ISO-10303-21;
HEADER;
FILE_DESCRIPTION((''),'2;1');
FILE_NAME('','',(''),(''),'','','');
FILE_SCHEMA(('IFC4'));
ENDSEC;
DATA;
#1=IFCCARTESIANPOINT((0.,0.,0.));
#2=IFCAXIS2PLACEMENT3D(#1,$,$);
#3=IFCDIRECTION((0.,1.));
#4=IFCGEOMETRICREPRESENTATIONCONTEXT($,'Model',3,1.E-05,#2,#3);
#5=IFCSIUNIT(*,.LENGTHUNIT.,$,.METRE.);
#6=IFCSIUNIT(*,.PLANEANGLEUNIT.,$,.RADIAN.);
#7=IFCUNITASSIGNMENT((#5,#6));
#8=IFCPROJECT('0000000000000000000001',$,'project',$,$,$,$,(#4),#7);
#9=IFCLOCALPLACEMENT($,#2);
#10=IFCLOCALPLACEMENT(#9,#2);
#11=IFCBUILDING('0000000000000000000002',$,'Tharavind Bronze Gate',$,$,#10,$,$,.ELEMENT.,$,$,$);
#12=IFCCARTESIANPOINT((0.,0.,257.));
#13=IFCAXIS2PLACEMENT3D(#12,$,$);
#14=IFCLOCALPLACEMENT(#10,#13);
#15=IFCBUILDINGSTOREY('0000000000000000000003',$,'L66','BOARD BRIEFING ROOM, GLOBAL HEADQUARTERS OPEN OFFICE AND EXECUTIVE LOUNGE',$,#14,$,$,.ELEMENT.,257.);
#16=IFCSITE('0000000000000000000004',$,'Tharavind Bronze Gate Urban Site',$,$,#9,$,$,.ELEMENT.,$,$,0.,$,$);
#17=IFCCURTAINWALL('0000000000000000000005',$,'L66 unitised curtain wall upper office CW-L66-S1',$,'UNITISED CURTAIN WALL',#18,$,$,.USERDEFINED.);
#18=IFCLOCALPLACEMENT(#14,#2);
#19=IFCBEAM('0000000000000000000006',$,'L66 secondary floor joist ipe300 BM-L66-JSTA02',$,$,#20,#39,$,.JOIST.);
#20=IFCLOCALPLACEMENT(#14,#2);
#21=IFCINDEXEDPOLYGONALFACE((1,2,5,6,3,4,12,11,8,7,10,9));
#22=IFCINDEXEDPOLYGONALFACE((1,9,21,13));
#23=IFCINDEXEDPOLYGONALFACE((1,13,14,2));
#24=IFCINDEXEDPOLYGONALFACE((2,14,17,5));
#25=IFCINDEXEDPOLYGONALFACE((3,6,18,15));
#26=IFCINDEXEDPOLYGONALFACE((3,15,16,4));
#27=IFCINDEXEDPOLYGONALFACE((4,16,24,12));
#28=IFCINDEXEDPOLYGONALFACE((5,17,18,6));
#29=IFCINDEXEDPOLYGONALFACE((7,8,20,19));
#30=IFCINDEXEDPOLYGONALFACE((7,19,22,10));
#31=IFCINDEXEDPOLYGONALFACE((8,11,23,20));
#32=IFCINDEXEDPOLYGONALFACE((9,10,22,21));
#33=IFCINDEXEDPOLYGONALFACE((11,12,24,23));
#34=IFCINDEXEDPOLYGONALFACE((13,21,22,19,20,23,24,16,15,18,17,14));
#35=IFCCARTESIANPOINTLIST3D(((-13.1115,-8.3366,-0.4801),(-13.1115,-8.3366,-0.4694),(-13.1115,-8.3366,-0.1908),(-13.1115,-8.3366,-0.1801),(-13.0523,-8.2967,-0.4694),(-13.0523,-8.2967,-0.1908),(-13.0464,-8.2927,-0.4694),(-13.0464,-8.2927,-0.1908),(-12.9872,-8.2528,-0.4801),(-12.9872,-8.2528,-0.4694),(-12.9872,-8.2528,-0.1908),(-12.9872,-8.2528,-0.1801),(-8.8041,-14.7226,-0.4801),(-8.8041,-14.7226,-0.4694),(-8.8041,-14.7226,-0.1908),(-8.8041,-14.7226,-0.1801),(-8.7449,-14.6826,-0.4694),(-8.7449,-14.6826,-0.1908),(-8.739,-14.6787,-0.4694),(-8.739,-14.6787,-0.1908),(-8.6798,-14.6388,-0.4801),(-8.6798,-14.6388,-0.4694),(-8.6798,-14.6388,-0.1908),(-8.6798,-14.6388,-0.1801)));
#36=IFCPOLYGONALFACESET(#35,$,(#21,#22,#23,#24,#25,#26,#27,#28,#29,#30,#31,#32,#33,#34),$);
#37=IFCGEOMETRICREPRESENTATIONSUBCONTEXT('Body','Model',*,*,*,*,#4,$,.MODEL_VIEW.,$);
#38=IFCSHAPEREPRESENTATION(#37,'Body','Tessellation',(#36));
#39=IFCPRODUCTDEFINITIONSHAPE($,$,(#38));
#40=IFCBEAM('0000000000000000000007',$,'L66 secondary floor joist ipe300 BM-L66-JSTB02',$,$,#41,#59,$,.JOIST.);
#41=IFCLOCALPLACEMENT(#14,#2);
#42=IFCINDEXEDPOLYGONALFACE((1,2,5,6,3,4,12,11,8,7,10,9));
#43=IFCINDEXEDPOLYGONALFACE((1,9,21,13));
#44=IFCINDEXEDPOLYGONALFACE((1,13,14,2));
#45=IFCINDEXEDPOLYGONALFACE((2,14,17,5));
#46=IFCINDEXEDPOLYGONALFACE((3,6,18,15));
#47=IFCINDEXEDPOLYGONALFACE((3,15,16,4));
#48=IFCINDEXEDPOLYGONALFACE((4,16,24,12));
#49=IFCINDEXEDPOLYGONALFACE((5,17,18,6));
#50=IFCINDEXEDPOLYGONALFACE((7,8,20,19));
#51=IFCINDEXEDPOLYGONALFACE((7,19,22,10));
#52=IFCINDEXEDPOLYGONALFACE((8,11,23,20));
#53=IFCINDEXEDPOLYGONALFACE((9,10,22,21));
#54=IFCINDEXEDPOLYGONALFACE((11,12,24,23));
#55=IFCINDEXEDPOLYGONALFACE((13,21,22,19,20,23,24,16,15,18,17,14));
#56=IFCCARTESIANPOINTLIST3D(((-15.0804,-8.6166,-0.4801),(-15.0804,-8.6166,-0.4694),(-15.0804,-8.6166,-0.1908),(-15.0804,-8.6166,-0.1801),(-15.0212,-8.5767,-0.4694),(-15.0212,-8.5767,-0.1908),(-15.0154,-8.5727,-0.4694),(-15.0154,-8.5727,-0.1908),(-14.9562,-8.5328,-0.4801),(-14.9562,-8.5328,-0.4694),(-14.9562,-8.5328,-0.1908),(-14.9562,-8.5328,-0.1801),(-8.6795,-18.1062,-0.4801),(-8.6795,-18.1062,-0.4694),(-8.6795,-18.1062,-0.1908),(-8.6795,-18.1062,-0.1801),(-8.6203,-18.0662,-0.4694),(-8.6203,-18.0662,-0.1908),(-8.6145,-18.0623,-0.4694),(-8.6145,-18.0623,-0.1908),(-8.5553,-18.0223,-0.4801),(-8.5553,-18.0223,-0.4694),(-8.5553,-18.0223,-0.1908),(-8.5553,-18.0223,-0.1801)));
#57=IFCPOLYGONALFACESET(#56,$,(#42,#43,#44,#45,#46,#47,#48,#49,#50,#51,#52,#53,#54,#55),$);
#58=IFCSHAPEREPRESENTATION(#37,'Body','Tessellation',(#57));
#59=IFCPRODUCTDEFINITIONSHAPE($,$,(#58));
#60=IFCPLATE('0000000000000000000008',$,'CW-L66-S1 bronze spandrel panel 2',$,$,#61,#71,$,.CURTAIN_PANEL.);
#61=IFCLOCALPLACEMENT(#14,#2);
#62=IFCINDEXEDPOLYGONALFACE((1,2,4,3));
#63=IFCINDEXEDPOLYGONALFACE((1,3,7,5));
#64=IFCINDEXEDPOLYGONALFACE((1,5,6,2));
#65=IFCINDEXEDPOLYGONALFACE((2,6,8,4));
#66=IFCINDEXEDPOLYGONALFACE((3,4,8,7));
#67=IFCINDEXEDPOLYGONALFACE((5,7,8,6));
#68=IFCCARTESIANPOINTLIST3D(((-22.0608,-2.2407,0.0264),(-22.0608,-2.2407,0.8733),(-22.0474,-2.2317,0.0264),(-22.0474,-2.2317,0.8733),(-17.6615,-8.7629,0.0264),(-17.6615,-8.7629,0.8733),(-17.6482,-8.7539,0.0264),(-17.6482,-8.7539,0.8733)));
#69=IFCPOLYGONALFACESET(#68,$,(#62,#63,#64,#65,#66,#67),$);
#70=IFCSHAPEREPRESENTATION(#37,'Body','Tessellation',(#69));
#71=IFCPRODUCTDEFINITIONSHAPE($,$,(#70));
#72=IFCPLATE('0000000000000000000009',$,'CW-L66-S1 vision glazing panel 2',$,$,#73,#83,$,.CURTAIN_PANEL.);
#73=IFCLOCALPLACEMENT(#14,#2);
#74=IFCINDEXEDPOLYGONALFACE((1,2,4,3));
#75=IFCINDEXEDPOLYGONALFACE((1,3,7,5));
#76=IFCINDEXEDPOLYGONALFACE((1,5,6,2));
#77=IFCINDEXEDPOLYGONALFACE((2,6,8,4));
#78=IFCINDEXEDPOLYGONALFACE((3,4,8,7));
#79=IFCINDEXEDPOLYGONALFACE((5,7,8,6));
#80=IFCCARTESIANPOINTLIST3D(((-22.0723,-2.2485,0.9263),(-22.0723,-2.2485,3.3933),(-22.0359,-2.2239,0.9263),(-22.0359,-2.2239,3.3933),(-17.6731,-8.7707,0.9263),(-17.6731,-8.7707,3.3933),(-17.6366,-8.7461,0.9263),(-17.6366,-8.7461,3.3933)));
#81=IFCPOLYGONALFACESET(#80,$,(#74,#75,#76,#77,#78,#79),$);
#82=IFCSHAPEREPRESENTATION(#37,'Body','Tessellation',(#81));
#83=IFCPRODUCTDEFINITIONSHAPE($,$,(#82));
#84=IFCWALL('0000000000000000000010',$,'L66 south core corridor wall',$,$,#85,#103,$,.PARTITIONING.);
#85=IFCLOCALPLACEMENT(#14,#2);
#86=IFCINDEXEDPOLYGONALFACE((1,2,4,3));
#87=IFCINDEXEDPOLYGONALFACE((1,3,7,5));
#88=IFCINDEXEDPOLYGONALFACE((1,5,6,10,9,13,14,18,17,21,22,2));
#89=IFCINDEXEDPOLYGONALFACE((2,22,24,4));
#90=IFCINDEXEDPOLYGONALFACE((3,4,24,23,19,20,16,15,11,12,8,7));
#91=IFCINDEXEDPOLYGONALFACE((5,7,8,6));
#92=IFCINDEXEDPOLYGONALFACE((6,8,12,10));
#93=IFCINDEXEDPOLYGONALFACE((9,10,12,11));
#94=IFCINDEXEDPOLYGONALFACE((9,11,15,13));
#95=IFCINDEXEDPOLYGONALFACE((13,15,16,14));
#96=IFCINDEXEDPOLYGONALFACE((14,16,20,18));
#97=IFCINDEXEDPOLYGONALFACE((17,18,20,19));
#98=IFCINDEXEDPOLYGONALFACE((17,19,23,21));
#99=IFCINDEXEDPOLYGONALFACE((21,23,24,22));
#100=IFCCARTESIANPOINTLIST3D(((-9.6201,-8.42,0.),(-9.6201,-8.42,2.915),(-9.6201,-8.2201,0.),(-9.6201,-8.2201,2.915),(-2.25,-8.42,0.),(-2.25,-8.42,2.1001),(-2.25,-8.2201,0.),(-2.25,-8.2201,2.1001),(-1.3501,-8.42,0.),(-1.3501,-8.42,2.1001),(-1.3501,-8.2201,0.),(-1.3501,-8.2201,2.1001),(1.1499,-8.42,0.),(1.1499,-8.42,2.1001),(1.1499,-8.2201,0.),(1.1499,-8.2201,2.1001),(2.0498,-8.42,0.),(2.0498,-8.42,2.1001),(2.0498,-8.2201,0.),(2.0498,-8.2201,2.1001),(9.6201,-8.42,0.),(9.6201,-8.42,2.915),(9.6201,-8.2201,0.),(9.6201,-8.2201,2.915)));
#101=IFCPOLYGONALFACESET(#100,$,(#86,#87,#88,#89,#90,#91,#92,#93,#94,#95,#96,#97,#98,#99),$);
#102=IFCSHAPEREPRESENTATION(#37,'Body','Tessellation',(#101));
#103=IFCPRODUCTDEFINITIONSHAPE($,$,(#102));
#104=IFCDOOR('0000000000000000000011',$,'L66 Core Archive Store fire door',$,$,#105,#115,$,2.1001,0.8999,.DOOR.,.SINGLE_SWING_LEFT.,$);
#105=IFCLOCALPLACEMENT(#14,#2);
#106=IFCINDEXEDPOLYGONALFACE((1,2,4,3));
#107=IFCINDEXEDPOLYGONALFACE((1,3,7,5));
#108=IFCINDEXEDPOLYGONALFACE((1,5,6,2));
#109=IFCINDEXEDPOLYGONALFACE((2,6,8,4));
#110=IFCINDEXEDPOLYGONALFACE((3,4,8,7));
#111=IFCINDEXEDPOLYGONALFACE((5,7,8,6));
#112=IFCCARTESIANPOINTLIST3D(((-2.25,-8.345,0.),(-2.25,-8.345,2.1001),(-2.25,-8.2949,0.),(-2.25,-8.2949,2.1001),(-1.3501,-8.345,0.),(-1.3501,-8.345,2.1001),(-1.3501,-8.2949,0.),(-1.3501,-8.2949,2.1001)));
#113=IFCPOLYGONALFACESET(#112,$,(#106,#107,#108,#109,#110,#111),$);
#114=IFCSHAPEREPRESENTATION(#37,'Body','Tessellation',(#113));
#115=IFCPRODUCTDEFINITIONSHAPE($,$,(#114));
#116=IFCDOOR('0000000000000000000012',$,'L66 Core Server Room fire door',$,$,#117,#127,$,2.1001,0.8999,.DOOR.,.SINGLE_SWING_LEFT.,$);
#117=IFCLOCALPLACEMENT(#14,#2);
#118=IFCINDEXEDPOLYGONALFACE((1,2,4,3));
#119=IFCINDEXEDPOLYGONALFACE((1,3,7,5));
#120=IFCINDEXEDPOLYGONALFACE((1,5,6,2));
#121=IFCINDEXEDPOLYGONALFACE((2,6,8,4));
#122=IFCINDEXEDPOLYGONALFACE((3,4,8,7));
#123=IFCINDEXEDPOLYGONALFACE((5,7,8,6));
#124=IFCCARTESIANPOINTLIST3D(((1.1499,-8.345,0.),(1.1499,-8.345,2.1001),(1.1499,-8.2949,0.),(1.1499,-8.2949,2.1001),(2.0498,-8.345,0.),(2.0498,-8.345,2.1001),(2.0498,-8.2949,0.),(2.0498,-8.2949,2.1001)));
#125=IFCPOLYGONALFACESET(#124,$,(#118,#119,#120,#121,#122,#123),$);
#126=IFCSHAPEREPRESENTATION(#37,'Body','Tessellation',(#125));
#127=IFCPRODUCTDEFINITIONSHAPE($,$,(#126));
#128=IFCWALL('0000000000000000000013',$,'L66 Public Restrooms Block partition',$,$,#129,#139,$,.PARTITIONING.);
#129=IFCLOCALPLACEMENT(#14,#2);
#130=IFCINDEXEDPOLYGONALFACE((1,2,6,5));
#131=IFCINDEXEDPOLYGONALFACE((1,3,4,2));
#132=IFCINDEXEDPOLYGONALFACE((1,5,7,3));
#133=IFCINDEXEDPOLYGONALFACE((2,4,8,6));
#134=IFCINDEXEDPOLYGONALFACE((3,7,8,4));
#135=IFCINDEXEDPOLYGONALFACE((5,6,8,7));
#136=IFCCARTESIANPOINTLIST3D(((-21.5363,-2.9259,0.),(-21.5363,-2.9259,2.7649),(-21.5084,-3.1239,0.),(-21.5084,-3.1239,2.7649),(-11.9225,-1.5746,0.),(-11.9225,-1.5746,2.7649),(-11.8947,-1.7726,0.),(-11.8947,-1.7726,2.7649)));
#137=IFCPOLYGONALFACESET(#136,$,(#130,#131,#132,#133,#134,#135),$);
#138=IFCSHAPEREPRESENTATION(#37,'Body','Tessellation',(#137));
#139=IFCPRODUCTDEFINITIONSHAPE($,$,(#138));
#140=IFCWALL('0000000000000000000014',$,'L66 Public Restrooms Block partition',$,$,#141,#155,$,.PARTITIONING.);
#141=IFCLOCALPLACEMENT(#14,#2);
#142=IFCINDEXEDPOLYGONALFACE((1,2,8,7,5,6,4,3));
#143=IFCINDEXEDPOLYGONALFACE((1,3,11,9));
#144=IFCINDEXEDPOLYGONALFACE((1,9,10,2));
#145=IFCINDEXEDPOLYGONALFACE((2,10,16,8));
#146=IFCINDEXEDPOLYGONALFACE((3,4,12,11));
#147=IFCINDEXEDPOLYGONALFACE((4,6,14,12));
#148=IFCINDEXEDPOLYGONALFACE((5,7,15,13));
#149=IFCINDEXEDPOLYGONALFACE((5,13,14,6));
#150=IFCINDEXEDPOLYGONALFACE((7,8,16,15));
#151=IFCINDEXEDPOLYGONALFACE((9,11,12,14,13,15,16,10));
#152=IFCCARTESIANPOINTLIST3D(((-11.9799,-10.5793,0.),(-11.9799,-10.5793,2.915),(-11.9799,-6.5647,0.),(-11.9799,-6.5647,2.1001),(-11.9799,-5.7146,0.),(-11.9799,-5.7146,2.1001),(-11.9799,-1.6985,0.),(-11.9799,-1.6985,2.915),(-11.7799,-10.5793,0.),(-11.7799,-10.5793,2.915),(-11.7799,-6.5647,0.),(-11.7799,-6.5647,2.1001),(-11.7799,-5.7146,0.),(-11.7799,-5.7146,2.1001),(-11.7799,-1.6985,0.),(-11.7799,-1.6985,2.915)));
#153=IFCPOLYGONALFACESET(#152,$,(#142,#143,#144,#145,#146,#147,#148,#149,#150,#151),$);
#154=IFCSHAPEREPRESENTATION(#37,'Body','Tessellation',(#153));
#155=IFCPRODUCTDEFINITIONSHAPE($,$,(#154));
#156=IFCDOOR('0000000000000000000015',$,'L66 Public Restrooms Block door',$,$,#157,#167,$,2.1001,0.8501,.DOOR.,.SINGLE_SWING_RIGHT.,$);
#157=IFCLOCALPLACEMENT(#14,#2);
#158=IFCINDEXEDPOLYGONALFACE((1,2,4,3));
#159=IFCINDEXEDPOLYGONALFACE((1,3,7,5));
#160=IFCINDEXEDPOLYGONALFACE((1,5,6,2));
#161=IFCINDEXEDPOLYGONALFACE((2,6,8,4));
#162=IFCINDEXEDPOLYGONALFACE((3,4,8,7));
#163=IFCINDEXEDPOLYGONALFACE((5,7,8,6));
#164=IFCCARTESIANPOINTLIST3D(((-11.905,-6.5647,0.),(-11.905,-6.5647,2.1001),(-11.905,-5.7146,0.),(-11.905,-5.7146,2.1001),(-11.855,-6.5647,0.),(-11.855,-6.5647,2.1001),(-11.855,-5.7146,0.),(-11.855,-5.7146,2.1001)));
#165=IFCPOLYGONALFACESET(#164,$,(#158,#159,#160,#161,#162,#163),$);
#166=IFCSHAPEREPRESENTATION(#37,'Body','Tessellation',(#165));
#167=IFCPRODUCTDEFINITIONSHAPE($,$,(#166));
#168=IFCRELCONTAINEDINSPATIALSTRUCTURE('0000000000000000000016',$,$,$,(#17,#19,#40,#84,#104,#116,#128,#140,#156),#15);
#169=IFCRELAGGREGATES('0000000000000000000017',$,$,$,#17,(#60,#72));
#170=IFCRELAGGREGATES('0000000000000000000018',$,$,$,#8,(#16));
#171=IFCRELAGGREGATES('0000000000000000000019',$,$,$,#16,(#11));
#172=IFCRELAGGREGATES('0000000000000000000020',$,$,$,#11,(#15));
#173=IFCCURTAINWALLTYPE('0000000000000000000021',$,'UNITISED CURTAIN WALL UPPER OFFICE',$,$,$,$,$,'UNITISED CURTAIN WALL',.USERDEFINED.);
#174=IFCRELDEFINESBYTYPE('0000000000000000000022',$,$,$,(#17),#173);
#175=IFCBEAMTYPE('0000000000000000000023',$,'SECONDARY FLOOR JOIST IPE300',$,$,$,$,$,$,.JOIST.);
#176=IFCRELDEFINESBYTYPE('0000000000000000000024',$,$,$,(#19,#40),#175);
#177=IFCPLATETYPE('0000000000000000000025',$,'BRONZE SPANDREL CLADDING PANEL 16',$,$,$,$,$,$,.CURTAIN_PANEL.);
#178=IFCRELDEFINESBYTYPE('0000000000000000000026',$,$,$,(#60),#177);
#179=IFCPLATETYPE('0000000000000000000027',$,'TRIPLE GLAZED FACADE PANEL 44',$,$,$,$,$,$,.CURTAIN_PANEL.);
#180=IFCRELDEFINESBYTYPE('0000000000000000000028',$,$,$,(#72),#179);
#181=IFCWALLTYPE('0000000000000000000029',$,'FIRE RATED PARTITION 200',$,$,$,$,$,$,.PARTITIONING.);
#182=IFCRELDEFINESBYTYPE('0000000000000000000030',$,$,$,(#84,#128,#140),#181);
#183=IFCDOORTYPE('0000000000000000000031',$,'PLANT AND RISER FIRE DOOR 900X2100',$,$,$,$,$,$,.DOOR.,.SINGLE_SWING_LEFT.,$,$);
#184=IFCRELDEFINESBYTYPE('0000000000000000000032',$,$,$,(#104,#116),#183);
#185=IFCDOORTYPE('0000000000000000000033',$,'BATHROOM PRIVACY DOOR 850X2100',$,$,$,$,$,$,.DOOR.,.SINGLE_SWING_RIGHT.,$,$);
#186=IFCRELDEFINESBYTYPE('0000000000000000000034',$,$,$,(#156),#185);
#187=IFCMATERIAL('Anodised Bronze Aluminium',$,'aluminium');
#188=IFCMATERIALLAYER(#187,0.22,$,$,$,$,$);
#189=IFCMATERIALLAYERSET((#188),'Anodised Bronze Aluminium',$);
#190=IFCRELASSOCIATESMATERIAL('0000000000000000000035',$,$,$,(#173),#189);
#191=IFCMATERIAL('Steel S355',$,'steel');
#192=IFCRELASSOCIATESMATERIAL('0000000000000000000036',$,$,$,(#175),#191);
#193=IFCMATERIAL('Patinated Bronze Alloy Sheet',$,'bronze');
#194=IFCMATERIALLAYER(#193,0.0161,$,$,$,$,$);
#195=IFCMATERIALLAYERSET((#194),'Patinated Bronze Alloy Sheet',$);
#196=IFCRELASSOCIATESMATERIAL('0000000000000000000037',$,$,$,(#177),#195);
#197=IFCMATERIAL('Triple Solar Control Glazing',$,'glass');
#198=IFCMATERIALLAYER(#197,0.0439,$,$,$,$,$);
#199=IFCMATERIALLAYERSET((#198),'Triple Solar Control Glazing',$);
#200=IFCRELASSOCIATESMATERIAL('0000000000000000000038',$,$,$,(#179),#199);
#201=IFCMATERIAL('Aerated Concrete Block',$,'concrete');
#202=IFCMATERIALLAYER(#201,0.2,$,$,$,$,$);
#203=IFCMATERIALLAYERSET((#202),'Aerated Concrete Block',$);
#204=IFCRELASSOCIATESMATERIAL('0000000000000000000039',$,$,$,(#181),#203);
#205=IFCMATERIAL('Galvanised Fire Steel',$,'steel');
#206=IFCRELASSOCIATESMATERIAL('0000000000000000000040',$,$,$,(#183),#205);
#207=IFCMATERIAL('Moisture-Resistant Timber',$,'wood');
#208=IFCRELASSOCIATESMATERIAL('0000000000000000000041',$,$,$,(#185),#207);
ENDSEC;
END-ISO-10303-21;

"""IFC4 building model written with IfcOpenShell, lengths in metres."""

from ifc_helpers import new_model, si_unit, direction, frame, frame_2d, origin, origin_2d, place, context, subcontext, project, spatial, rectangle, i_section, extrude, material, layer, layer_set, material_profile, profile_set, type_object, element, fill, aggregate, save


model = new_model("IFC4")

# Units and contexts
model_context = context("Model", 3, precision=1e-05, world=origin(), true_north=direction((0.0, 1.0)))
body_context = subcontext(model_context, "Body", "Model", "MODEL_VIEW")
ifc_project = project(units=[si_unit("LENGTHUNIT", "METRE"), si_unit("PLANEANGLEUNIT", "RADIAN")], contexts=[model_context])

# Site, building, storey
site_placement = place(None, origin())
site = spatial("IfcSite", under=ifc_project, at=site_placement, Name="Tharavind Bronze Gate Urban Site", CompositionType="ELEMENT", RefElevation=0.0)
building_placement = place(site_placement, origin())
building = spatial("IfcBuilding", under=site, at=building_placement, Name="Tharavind Bronze Gate", CompositionType="ELEMENT")
storey_placement = place(building_placement, frame((0.0, 0.0, 257.0)))
storey = spatial("IfcBuildingStorey", under=building, at=storey_placement, Name="L66", Description="BOARD BRIEFING ROOM, GLOBAL HEADQUARTERS OPEN OFFICE AND EXECUTIVE LOUNGE", CompositionType="ELEMENT", Elevation=257.0)

# Curtain wall
ifc_material_1 = material(Name="Anodised Bronze Aluminium", Category="aluminium")
ifc_layer_1 = layer(ifc_material_1, 0.22)
ifc_layer_set_1 = layer_set([ifc_layer_1], Name="Anodised Bronze Aluminium")
curtain_wall_type = type_object("IfcCurtainWallType", Name="UNITISED CURTAIN WALL UPPER OFFICE", ElementType="UNITISED CURTAIN WALL", PredefinedType="USERDEFINED", material=ifc_layer_set_1)
curtain_wall_placement = place(storey_placement, origin())
curtain_wall = element("IfcCurtainWall", 1, at=curtain_wall_placement, inside=storey, type_object=curtain_wall_type, Name="L66 unitised curtain wall upper office CW-L66-S1", ObjectType="UNITISED CURTAIN WALL", PredefinedType="USERDEFINED")

# Beams
ifc_material_2 = material(Name="Steel S355", Category="steel")
ifc_material_profile_1 = material_profile(ifc_material_2, i_section(OverallWidth=0.1499, OverallDepth=0.3, WebThickness=0.0071, FlangeThickness=0.0107, at=origin_2d()), Name="IPE300")
ifc_profile_set_1 = profile_set([ifc_material_profile_1], Name="Steel S355")
beam_type_1 = type_object("IfcBeamType", Name="SECONDARY FLOOR JOIST IPE300", PredefinedType="JOIST", material=ifc_profile_set_1)
beam_1_placement = place(storey_placement, frame((-13.0493, -8.2947, -0.3301), z_axis=(0.55919, -0.829039, 0.0), x_axis=(0.829039, 0.55919, 0.0)))
element("IfcBeam", 2, at=beam_1_placement, inside=storey, type_object=beam_type_1, Name="L66 secondary floor joist ipe300 BM-L66-JSTA02", PredefinedType="JOIST", context=body_context, shape_type="SweptSolid", body=[
    extrude(i_section(OverallWidth=0.1499, OverallDepth=0.3, WebThickness=0.0071, FlangeThickness=0.0107, at=origin_2d()), origin(), (0.0, 0.0, 1.0), 7.7029),
])
beam_2_placement = place(storey_placement, frame((-15.0183, -8.5747, -0.3301), z_axis=(0.559201, -0.829032, 0.0), x_axis=(0.829032, 0.559201, 0.0)))
element("IfcBeam", 3, at=beam_2_placement, inside=storey, type_object=beam_type_1, Name="L66 secondary floor joist ipe300 BM-L66-JSTB02", PredefinedType="JOIST", context=body_context, shape_type="SweptSolid", body=[
    extrude(i_section(OverallWidth=0.1499, OverallDepth=0.3, WebThickness=0.0071, FlangeThickness=0.0107, at=origin_2d()), origin(), (0.0, 0.0, 1.0), 11.4465),
])

# Plates
ifc_material_3 = material(Name="Patinated Bronze Alloy Sheet", Category="bronze")
ifc_layer_2 = layer(ifc_material_3, 0.0161)
ifc_layer_set_2 = layer_set([ifc_layer_2], Name="Patinated Bronze Alloy Sheet")
plate_type_1 = type_object("IfcPlateType", Name="BRONZE SPANDREL CLADDING PANEL 16", PredefinedType="CURTAIN_PANEL", material=ifc_layer_set_2)
plate_1_placement = place(storey_placement, frame((-19.8545, -5.4973, 0.0264), z_axis=(0.0, 0.0, 1.0), x_axis=(0.559191, -0.829039, 0.0)))
plate_1 = element("IfcPlate", 4, at=plate_1_placement, type_object=plate_type_1, Name="CW-L66-S1 bronze spandrel panel 2", PredefinedType="CURTAIN_PANEL", context=body_context, shape_type="SweptSolid", body=[
    extrude(rectangle(XDim=7.8672, YDim=0.0161, at=origin_2d()), origin(), (0.0, 0.0, 1.0), 0.8469),
])
ifc_material_4 = material(Name="Triple Solar Control Glazing", Category="glass")
ifc_layer_3 = layer(ifc_material_4, 0.0439)
ifc_layer_set_3 = layer_set([ifc_layer_3], Name="Triple Solar Control Glazing")
plate_type_2 = type_object("IfcPlateType", Name="TRIPLE GLAZED FACADE PANEL 44", PredefinedType="CURTAIN_PANEL", material=ifc_layer_set_3)
plate_2_placement = place(storey_placement, frame((-19.8545, -5.4973, 0.9263), z_axis=(0.0, 0.0, 1.0), x_axis=(0.559191, -0.829039, 0.0)))
plate_2 = element("IfcPlate", 5, at=plate_2_placement, type_object=plate_type_2, Name="CW-L66-S1 vision glazing panel 2", PredefinedType="CURTAIN_PANEL", context=body_context, shape_type="SweptSolid", body=[
    extrude(rectangle(XDim=7.8672, YDim=0.0439, at=origin_2d()), origin(), (0.0, 0.0, 1.0), 2.467),
])
aggregate(curtain_wall, [plate_1, plate_2])

# Wall, openings, doors
ifc_material_5 = material(Name="Aerated Concrete Block", Category="concrete")
ifc_layer_4 = layer(ifc_material_5, 0.2)
ifc_layer_set_4 = layer_set([ifc_layer_4], Name="Aerated Concrete Block")
wall_type_1 = type_object("IfcWallType", Name="FIRE RATED PARTITION 200", PredefinedType="PARTITIONING", material=ifc_layer_set_4)
wall_1_placement = place(storey_placement, frame((-9.6201, -8.3201, 0.0), z_axis=(0.0, 0.0, 1.0), x_axis=(1.0, 0.0, 0.0)))
wall_1 = element("IfcWall", 6, at=wall_1_placement, inside=storey, type_object=wall_type_1, Name="L66 south core corridor wall", PredefinedType="PARTITIONING", context=body_context, shape_type="SweptSolid", body=[
    extrude(rectangle(XDim=19.2402, YDim=0.2, at=frame_2d((9.6201, 0.0))), origin(), (0.0, 0.0, 1.0), 2.915),
])
opening_1_placement = place(wall_1_placement, frame((7.3701, 0.0, 0.0)))
opening_1 = element("IfcOpeningElement", 7, at=opening_1_placement, cuts=wall_1, PredefinedType="OPENING", context=body_context, shape_type="SweptSolid", body=[
    extrude(rectangle(XDim=0.8999, YDim=2.1001, at=frame_2d((0.45, 1.05))), frame((0.0, 0.1101, 0.0), z_axis=(0.0, -1.0, 0.0), x_axis=(1.0, 0.0, 0.0)), (0.0, 0.0, 1.0), 0.22),
])
opening_2_placement = place(wall_1_placement, frame((10.77, 0.0, 0.0)))
opening_2 = element("IfcOpeningElement", 8, at=opening_2_placement, cuts=wall_1, PredefinedType="OPENING", context=body_context, shape_type="SweptSolid", body=[
    extrude(rectangle(XDim=0.8999, YDim=2.1001, at=frame_2d((0.45, 1.05))), frame((0.0, 0.1101, 0.0), z_axis=(0.0, -1.0, 0.0), x_axis=(1.0, 0.0, 0.0)), (0.0, 0.0, 1.0), 0.22),
])
ifc_material_6 = material(Name="Galvanised Fire Steel", Category="steel")
door_type_1 = type_object("IfcDoorType", Name="PLANT AND RISER FIRE DOOR 900X2100", OperationType="SINGLE_SWING_LEFT", PredefinedType="DOOR", material=ifc_material_6)
door_1_placement = place(opening_1_placement, frame((0.8999, 0.0, 0.0), z_axis=(0.0, 0.0, 1.0), x_axis=(-1.0, 0.0, 0.0)))
door_1 = element("IfcDoor", 9, at=door_1_placement, inside=storey, type_object=door_type_1, Name="L66 Core Archive Store fire door", OperationType="SINGLE_SWING_LEFT", OverallHeight=2.1001, OverallWidth=0.8999, PredefinedType="DOOR", context=body_context, shape_type="SweptSolid", body=[
    extrude(rectangle(XDim=0.8999, YDim=2.1001, at=frame_2d((0.45, 1.05))), frame((0.0, 0.0249, 0.0), z_axis=(0.0, -1.0, 0.0), x_axis=(1.0, 0.0, 0.0)), (0.0, 0.0, 1.0), 0.05),
])
fill(opening_1, door_1)
door_2_placement = place(opening_2_placement, frame((0.8999, 0.0, 0.0), z_axis=(0.0, 0.0, 1.0), x_axis=(-1.0, 0.0, 0.0)))
door_2 = element("IfcDoor", 10, at=door_2_placement, inside=storey, type_object=door_type_1, Name="L66 Core Server Room fire door", OperationType="SINGLE_SWING_LEFT", OverallHeight=2.1001, OverallWidth=0.8999, PredefinedType="DOOR", context=body_context, shape_type="SweptSolid", body=[
    extrude(rectangle(XDim=0.8999, YDim=2.1001, at=frame_2d((0.45, 1.05))), frame((0.0, 0.0249, 0.0), z_axis=(0.0, -1.0, 0.0), x_axis=(1.0, 0.0, 0.0)), (0.0, 0.0, 1.0), 0.05),
])
fill(opening_2, door_2)

# Wall
wall_2_placement = place(storey_placement, frame((-21.5222, -3.0249, 0.0), z_axis=(0.0, 0.0, 1.0), x_axis=(0.990265, 0.139192, 0.0)))
element("IfcWall", 11, at=wall_2_placement, inside=storey, type_object=wall_type_1, Name="L66 Public Restrooms Block partition", PredefinedType="PARTITIONING", context=body_context, shape_type="SweptSolid", body=[
    extrude(rectangle(XDim=9.7083, YDim=0.2, at=frame_2d((4.854, 0.0))), origin(), (0.0, 0.0, 1.0), 2.7649),
])

# Wall, opening, door
wall_3_placement = place(storey_placement, frame((-11.8799, -1.6985, 0.0), z_axis=(0.0, 0.0, 1.0), x_axis=(0.0, -1.0, 0.0)))
wall_3 = element("IfcWall", 12, at=wall_3_placement, inside=storey, type_object=wall_type_1, Name="L66 Public Restrooms Block partition", PredefinedType="PARTITIONING", context=body_context, shape_type="SweptSolid", body=[
    extrude(rectangle(XDim=8.8809, YDim=0.2, at=frame_2d((4.4404, 0.0))), origin(), (0.0, 0.0, 1.0), 2.915),
])
opening_3_placement = place(wall_3_placement, frame((4.0161, 0.0, 0.0)))
opening_3 = element("IfcOpeningElement", 13, at=opening_3_placement, cuts=wall_3, PredefinedType="OPENING", context=body_context, shape_type="SweptSolid", body=[
    extrude(rectangle(XDim=0.8501, YDim=2.1001, at=frame_2d((0.425, 1.05))), frame((0.0, 0.1101, 0.0), z_axis=(0.0, -1.0, 0.0), x_axis=(1.0, 0.0, 0.0)), (0.0, 0.0, 1.0), 0.22),
])
ifc_material_7 = material(Name="Moisture-Resistant Timber", Category="wood")
door_type_2 = type_object("IfcDoorType", Name="BATHROOM PRIVACY DOOR 850X2100", OperationType="SINGLE_SWING_RIGHT", PredefinedType="DOOR", material=ifc_material_7)
door_3_placement = place(opening_3_placement, origin())
door_3 = element("IfcDoor", 14, at=door_3_placement, inside=storey, type_object=door_type_2, Name="L66 Public Restrooms Block door", OperationType="SINGLE_SWING_RIGHT", OverallHeight=2.1001, OverallWidth=0.8501, PredefinedType="DOOR", context=body_context, shape_type="SweptSolid", body=[
    extrude(rectangle(XDim=0.8501, YDim=2.1001, at=frame_2d((0.425, 1.05))), frame((0.0, 0.0249, 0.0), z_axis=(0.0, -1.0, 0.0), x_axis=(1.0, 0.0, 0.0)), (0.0, 0.0, 1.0), 0.05),
])
fill(opening_3, door_3)

save(model, "model.ifc")
